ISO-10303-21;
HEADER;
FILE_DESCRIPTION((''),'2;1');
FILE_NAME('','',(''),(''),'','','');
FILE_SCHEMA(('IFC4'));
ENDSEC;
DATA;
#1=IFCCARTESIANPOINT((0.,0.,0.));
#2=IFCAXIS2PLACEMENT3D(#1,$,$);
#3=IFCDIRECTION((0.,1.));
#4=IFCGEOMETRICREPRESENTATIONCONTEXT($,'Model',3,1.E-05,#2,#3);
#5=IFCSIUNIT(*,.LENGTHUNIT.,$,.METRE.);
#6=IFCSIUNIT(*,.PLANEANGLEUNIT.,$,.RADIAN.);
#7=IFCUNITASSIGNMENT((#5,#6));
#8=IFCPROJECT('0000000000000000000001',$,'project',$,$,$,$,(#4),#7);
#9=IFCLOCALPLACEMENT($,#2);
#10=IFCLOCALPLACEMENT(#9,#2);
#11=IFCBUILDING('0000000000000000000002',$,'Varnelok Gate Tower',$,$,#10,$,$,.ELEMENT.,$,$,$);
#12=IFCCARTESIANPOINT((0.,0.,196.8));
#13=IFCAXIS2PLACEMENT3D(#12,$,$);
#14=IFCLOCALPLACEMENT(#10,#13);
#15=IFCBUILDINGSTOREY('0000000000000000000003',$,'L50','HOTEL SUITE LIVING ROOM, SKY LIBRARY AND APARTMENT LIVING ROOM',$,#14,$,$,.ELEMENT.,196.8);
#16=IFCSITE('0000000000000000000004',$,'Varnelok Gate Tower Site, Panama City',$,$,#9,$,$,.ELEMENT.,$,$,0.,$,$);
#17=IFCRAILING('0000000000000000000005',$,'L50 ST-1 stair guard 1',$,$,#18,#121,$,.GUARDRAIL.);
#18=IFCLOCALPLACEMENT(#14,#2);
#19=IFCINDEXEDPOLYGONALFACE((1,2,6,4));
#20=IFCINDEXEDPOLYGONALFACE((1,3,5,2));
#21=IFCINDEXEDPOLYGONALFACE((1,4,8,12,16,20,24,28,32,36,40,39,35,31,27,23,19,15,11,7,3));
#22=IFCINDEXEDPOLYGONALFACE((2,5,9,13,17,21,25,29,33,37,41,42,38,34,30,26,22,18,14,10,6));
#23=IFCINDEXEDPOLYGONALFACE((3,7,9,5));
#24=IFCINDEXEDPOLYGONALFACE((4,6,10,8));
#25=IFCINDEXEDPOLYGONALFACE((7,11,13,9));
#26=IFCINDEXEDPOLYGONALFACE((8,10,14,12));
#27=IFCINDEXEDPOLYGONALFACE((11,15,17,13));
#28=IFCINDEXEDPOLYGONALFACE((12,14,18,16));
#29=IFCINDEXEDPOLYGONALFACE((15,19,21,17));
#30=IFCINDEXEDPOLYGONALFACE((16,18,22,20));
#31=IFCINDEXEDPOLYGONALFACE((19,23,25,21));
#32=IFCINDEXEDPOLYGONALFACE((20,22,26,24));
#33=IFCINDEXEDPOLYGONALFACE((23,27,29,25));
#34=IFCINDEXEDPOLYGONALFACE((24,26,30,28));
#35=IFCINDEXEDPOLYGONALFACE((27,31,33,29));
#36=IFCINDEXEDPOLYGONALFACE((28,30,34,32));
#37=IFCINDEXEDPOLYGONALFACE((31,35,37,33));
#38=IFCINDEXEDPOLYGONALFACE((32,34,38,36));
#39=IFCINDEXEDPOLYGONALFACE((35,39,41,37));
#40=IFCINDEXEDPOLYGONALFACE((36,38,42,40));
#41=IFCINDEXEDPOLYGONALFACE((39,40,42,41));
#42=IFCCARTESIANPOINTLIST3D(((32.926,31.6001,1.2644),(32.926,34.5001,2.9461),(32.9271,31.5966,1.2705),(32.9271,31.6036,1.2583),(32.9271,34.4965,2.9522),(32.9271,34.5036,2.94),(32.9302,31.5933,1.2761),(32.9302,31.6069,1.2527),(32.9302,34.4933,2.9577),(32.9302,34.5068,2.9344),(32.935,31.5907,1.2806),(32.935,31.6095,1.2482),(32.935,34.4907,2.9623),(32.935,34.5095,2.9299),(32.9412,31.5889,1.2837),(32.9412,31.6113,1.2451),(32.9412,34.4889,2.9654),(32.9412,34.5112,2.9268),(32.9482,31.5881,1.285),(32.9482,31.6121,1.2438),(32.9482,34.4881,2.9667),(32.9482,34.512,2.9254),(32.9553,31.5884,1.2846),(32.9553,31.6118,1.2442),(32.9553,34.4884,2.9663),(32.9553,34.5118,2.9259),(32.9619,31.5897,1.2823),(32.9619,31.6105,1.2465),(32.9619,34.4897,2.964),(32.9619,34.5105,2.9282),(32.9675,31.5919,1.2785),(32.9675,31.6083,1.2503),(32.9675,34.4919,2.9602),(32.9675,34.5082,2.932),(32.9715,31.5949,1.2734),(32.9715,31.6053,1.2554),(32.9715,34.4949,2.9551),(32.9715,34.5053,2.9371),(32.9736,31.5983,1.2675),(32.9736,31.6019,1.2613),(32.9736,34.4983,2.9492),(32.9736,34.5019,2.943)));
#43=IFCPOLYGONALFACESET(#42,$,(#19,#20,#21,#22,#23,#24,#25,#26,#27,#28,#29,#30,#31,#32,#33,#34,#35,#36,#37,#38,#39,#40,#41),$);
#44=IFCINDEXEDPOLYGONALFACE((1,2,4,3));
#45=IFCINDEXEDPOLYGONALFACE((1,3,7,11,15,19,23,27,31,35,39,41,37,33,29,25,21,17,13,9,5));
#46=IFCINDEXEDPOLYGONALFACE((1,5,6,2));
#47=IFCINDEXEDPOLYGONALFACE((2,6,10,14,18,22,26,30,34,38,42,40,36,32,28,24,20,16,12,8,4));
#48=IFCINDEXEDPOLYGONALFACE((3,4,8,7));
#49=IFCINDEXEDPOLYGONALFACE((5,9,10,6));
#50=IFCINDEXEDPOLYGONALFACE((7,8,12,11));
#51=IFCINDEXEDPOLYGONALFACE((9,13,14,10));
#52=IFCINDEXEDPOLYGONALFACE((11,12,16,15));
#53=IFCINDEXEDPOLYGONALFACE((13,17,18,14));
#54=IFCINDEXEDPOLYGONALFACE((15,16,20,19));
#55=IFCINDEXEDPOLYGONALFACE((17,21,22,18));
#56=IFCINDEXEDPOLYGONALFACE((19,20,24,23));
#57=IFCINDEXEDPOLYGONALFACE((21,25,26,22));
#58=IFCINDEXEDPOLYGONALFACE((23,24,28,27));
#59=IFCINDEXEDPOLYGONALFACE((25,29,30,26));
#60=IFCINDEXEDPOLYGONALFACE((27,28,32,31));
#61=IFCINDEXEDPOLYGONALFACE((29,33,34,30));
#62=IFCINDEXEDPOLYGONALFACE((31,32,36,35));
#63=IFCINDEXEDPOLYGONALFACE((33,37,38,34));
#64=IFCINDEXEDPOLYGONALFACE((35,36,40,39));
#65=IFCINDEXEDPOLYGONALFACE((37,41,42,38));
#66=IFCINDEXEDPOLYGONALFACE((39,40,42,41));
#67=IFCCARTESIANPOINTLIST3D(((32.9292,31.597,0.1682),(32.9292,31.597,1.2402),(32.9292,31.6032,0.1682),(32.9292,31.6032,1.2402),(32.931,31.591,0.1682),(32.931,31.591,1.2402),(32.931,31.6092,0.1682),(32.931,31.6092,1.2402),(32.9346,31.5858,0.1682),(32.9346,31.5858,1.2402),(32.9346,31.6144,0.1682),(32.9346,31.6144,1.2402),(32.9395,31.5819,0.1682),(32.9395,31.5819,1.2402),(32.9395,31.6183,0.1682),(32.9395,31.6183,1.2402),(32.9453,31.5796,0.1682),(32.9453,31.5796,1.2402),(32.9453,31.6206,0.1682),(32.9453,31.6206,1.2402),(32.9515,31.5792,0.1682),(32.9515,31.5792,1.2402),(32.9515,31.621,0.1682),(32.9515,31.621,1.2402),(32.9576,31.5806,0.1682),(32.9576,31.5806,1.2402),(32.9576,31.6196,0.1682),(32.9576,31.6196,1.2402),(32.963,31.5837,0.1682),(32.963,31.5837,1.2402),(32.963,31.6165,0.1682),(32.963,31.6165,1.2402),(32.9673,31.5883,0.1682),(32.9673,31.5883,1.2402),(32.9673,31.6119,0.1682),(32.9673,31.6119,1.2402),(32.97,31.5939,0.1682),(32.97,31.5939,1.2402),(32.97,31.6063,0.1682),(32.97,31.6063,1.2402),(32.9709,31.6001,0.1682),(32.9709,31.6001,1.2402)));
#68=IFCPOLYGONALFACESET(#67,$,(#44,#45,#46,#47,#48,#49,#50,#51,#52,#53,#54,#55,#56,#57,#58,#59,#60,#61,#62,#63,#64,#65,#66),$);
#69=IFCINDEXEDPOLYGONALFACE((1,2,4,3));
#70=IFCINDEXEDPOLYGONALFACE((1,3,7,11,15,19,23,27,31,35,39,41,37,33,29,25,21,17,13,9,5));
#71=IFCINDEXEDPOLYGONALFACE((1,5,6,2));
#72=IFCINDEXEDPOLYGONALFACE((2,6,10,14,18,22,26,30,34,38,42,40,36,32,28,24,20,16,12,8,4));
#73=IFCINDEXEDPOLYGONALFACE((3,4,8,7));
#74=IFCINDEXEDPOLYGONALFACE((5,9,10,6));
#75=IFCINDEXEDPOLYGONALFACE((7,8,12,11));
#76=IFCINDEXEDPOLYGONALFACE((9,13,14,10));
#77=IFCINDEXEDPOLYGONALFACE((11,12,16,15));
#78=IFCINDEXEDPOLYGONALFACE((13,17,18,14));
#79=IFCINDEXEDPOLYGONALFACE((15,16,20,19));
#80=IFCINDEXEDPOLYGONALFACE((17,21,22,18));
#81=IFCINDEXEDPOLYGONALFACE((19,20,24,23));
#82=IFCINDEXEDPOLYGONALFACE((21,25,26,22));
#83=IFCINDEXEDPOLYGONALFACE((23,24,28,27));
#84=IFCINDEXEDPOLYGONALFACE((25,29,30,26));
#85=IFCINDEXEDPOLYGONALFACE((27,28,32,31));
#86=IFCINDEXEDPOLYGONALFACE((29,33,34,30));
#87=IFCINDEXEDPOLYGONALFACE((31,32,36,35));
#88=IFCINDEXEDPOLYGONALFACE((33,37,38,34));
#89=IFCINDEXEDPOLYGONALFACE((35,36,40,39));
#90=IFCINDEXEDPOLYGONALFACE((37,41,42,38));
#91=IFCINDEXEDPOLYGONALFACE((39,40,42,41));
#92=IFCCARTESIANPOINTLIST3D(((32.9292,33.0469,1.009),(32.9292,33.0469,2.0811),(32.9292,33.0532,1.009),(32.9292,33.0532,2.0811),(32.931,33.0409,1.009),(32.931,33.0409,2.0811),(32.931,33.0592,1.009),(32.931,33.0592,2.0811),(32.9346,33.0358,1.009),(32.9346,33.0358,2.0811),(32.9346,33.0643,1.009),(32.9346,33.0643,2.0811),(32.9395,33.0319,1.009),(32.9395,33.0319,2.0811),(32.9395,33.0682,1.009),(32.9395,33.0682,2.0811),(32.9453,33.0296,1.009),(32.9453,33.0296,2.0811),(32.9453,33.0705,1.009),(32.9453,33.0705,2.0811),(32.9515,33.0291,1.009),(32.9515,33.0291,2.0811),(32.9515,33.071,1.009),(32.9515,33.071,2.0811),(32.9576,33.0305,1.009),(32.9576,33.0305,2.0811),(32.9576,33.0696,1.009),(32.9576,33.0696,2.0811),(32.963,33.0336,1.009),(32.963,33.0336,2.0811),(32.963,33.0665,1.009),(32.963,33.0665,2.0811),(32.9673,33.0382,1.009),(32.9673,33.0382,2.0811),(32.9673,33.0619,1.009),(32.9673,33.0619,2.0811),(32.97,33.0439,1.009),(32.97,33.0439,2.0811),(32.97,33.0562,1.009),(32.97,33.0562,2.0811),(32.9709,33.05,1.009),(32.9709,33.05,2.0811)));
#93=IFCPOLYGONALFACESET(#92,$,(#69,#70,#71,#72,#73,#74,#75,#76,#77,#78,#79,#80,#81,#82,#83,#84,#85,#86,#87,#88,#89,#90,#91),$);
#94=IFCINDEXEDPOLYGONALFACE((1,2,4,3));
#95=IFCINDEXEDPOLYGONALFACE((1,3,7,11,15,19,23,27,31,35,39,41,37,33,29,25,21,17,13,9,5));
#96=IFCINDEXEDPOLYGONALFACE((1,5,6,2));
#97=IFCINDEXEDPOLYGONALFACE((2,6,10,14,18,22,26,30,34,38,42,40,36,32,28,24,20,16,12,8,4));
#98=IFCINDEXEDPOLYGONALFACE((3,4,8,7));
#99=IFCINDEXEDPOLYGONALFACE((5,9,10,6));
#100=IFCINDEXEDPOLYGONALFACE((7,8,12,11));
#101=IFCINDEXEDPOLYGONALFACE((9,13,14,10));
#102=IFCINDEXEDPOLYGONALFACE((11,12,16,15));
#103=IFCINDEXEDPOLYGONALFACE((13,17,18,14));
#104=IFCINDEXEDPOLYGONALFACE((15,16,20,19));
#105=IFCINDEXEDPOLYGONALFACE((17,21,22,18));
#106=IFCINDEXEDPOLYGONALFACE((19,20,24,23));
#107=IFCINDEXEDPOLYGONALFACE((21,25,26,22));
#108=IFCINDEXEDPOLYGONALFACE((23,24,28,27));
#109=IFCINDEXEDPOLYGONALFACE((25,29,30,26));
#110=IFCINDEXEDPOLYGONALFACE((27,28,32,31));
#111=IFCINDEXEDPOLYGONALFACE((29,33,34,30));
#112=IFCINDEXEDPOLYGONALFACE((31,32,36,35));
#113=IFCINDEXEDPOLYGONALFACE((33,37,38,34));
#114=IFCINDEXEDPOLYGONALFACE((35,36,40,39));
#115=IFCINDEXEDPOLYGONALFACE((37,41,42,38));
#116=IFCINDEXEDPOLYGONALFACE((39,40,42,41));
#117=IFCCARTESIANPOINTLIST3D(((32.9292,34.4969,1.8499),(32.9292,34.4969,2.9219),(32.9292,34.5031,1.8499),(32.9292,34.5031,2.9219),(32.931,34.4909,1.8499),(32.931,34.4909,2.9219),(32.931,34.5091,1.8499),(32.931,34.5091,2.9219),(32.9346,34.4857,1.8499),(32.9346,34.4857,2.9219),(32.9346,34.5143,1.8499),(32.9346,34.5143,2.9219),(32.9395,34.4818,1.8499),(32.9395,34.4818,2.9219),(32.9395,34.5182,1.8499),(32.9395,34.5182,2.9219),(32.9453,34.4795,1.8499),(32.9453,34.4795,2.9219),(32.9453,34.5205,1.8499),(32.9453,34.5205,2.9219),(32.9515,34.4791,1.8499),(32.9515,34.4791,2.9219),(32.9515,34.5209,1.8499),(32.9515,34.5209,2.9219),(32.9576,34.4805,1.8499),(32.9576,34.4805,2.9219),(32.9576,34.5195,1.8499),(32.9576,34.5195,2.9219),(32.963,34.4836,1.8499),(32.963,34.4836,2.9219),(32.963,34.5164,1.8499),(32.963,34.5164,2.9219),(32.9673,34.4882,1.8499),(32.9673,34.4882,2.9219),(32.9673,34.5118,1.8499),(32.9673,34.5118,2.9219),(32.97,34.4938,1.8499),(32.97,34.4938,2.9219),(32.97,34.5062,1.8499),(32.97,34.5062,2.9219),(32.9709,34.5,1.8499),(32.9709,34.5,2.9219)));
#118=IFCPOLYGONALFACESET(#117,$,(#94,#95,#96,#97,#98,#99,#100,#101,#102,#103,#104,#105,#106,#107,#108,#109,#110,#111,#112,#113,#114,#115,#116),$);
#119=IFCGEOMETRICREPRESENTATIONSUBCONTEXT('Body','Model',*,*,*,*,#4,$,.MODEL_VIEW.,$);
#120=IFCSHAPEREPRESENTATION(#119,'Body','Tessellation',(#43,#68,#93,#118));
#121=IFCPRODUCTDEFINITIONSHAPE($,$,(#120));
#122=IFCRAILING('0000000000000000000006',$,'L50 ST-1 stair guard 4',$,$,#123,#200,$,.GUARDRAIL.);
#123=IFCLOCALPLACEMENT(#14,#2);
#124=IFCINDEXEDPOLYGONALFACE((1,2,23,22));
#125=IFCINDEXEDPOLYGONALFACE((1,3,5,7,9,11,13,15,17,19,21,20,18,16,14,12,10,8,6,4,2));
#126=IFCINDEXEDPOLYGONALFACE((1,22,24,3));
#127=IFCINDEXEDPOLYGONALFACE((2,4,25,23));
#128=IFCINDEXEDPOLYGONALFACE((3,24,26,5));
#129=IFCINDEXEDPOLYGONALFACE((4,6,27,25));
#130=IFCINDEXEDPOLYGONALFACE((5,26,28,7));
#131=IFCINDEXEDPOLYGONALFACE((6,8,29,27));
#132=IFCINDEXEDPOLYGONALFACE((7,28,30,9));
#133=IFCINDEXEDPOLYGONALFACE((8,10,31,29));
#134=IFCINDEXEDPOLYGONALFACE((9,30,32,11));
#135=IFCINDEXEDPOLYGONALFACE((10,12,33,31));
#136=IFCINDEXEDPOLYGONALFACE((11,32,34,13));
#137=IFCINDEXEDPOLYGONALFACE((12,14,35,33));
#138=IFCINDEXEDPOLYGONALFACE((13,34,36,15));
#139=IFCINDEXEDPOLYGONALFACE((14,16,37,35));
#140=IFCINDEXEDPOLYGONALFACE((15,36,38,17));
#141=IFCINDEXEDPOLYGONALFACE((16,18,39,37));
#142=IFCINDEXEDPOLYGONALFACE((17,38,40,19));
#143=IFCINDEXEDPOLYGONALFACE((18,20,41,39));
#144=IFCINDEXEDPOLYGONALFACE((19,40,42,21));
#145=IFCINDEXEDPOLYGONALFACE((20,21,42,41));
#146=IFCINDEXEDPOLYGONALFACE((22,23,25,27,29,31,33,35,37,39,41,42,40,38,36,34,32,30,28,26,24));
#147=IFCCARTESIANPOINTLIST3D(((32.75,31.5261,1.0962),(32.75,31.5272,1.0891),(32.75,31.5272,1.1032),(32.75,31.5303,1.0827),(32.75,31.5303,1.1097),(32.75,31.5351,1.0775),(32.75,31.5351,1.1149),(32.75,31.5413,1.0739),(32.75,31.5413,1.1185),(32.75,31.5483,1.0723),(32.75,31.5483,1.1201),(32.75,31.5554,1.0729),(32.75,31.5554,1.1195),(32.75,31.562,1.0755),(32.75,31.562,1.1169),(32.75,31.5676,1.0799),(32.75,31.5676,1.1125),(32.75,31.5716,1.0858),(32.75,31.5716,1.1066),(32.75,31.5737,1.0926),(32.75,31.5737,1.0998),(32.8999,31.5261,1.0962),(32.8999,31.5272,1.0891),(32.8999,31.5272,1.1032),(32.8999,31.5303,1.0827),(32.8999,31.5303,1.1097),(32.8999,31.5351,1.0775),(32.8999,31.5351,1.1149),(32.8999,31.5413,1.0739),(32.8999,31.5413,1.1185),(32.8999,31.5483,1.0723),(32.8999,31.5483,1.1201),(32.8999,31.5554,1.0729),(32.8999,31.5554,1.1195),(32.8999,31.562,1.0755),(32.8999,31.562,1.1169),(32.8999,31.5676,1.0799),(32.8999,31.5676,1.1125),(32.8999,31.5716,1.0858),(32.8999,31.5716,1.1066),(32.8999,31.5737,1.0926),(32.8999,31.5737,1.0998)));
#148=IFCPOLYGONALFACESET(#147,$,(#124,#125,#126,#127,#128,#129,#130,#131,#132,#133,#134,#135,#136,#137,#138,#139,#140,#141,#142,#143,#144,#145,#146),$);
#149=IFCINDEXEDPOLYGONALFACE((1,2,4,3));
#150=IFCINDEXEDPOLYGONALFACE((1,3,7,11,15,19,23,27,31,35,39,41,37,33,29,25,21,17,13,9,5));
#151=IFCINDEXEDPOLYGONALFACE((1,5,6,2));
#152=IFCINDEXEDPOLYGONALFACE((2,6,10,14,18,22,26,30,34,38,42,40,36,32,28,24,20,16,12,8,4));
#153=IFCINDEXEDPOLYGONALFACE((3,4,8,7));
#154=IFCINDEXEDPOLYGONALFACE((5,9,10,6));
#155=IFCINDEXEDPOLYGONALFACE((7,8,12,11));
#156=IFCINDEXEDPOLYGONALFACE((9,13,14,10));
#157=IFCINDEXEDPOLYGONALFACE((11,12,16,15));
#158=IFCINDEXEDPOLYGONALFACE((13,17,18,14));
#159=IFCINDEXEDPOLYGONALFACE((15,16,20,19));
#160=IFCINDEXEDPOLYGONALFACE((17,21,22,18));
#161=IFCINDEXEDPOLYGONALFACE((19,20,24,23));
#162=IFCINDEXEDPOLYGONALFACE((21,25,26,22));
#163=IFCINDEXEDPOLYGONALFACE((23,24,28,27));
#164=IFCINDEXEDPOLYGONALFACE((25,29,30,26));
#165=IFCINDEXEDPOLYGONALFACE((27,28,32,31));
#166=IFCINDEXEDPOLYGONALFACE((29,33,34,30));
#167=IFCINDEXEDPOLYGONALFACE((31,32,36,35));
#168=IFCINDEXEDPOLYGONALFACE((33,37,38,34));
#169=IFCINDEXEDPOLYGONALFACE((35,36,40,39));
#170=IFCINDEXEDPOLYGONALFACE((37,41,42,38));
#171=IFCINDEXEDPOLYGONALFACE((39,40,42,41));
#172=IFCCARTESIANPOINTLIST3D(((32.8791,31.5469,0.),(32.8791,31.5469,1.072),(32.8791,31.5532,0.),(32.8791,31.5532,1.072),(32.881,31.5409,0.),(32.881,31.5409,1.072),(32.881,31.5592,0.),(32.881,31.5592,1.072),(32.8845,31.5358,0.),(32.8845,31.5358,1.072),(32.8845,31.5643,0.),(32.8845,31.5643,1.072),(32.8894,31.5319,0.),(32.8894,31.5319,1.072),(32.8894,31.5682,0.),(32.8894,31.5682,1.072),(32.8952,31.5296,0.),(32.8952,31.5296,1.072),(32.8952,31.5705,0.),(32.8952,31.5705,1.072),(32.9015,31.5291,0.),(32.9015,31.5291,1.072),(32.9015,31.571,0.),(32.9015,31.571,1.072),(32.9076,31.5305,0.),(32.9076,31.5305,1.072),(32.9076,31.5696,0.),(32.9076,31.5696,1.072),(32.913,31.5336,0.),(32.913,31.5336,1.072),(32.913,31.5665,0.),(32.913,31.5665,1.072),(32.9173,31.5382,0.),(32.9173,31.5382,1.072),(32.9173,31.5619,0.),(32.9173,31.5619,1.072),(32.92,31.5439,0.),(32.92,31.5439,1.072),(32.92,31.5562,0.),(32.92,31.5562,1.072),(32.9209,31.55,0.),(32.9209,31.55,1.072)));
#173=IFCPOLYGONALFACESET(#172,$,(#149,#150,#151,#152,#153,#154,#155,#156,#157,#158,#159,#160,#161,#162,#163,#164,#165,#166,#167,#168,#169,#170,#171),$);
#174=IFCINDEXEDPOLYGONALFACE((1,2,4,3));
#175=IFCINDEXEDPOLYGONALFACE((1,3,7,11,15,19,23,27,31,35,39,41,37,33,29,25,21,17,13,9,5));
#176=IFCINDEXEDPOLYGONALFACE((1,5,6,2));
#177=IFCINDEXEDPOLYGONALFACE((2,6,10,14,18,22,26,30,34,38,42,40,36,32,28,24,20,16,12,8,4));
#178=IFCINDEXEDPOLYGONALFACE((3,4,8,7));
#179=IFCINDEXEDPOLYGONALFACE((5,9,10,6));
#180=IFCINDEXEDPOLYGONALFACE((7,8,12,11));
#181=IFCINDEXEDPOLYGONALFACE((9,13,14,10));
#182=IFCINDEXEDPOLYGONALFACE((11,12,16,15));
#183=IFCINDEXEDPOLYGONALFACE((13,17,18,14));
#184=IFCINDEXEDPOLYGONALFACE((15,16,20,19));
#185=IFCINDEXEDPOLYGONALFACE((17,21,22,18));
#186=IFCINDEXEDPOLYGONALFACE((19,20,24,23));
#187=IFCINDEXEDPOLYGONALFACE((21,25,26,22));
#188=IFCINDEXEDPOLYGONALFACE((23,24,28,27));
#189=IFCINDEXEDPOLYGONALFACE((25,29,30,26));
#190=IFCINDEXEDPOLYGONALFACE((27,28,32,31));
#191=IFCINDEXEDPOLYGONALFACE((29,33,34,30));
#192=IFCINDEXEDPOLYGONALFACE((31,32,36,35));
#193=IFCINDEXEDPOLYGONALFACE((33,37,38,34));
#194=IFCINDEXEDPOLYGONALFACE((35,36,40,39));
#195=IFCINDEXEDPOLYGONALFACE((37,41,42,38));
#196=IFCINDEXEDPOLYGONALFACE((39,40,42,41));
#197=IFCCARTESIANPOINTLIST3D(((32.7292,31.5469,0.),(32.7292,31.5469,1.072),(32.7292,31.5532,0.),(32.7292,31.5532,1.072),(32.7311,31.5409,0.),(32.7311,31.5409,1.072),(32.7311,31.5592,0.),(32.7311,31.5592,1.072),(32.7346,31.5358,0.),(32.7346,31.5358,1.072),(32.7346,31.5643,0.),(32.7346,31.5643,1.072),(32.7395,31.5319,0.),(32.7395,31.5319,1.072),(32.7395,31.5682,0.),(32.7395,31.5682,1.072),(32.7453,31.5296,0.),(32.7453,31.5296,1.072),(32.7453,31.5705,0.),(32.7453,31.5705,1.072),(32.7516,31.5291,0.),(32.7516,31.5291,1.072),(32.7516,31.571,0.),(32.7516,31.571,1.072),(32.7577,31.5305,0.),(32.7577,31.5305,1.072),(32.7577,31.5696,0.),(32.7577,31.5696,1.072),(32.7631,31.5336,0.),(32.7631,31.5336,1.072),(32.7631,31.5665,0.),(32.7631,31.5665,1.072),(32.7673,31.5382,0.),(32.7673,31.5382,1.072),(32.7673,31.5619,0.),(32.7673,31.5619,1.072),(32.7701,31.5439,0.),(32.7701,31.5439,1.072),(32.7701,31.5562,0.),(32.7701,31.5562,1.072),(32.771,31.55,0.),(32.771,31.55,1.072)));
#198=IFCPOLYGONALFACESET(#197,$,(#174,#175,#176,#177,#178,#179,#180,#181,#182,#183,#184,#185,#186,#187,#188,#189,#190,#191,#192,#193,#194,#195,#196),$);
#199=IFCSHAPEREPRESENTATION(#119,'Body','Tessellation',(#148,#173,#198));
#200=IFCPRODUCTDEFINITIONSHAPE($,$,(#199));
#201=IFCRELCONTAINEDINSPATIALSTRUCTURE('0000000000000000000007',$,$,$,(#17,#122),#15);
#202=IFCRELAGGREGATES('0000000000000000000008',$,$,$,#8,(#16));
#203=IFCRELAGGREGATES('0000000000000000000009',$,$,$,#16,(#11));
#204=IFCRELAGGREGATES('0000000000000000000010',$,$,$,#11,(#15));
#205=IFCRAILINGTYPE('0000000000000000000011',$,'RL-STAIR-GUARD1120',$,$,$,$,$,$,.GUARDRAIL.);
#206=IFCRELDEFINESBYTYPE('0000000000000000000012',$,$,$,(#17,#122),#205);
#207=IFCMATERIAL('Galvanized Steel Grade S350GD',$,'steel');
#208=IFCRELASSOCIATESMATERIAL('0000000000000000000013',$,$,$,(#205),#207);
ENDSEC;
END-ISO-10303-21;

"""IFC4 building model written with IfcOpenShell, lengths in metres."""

from ifc_helpers import new_model, si_unit, direction, frame, origin, origin_2d, place, context, subcontext, project, spatial, circle, extrude, material, type_object, element, save


model = new_model("IFC4")

# Units and contexts
model_context = context("Model", 3, precision=1e-05, world=origin(), true_north=direction((0.0, 1.0)))
body_context = subcontext(model_context, "Body", "Model", "MODEL_VIEW")
ifc_project = project(units=[si_unit("LENGTHUNIT", "METRE"), si_unit("PLANEANGLEUNIT", "RADIAN")], contexts=[model_context])

# Site, building, storey
site_placement = place(None, origin())
site = spatial("IfcSite", under=ifc_project, at=site_placement, Name="Varnelok Gate Tower Site, Panama City", CompositionType="ELEMENT", RefElevation=0.0)
building_placement = place(site_placement, origin())
building = spatial("IfcBuilding", under=site, at=building_placement, Name="Varnelok Gate Tower", CompositionType="ELEMENT")
storey_placement = place(building_placement, frame((0.0, 0.0, 196.8)))
storey = spatial("IfcBuildingStorey", under=building, at=storey_placement, Name="L50", Description="HOTEL SUITE LIVING ROOM, SKY LIBRARY AND APARTMENT LIVING ROOM", CompositionType="ELEMENT", Elevation=196.8)

# Shared definitions
ifc_material_1 = material(Name="Galvanized Steel Grade S350GD", Category="steel")

# Railings
railing_type_1 = type_object("IfcRailingType", Name="RL-STAIR-GUARD1120", PredefinedType="GUARDRAIL", material=ifc_material_1)
railing_1_placement = place(storey_placement, frame((32.95, 31.6001, 0.1682)))
element("IfcRailing", 1, at=railing_1_placement, inside=storey, type_object=railing_type_1, Name="L50 ST-1 stair guard 1", PredefinedType="GUARDRAIL", context=body_context, shape_type="SweptSolid", body=[
    extrude(circle(Radius=0.0239, at=origin_2d()), frame((0.0, 0.0, 1.0962), z_axis=(0.0, 0.86507, 0.501651), x_axis=(-1.0, 0.0, 0.0)), (0.0, 0.0, 1.0), 3.3523),
    extrude(circle(Radius=0.021, at=origin_2d()), origin(), (0.0, 0.0, 1.0), 1.072),
    extrude(circle(Radius=0.021, at=origin_2d()), frame((0.0, 1.45, 0.8408)), (0.0, 0.0, 1.0), 1.072),
    extrude(circle(Radius=0.021, at=origin_2d()), frame((0.0, 2.8999, 1.6816)), (0.0, 0.0, 1.0), 1.072),
])
railing_2_placement = place(storey_placement, frame((32.8999, 31.55, 0.0)))
element("IfcRailing", 2, at=railing_2_placement, inside=storey, type_object=railing_type_1, Name="L50 ST-1 stair guard 4", PredefinedType="GUARDRAIL", context=body_context, shape_type="SweptSolid", body=[
    extrude(circle(Radius=0.0239, at=origin_2d()), frame((0.0, 0.0, 1.0962), z_axis=(-1.0, 0.0, 0.0), x_axis=(0.0, -1.0, 0.0)), (0.0, 0.0, 1.0), 0.1499),
    extrude(circle(Radius=0.021, at=origin_2d()), origin(), (0.0, 0.0, 1.0), 1.072),
    extrude(circle(Radius=0.021, at=origin_2d()), frame((-0.1499, 0.0, 0.0)), (0.0, 0.0, 1.0), 1.072),
])

save(model, "model.ifc")
